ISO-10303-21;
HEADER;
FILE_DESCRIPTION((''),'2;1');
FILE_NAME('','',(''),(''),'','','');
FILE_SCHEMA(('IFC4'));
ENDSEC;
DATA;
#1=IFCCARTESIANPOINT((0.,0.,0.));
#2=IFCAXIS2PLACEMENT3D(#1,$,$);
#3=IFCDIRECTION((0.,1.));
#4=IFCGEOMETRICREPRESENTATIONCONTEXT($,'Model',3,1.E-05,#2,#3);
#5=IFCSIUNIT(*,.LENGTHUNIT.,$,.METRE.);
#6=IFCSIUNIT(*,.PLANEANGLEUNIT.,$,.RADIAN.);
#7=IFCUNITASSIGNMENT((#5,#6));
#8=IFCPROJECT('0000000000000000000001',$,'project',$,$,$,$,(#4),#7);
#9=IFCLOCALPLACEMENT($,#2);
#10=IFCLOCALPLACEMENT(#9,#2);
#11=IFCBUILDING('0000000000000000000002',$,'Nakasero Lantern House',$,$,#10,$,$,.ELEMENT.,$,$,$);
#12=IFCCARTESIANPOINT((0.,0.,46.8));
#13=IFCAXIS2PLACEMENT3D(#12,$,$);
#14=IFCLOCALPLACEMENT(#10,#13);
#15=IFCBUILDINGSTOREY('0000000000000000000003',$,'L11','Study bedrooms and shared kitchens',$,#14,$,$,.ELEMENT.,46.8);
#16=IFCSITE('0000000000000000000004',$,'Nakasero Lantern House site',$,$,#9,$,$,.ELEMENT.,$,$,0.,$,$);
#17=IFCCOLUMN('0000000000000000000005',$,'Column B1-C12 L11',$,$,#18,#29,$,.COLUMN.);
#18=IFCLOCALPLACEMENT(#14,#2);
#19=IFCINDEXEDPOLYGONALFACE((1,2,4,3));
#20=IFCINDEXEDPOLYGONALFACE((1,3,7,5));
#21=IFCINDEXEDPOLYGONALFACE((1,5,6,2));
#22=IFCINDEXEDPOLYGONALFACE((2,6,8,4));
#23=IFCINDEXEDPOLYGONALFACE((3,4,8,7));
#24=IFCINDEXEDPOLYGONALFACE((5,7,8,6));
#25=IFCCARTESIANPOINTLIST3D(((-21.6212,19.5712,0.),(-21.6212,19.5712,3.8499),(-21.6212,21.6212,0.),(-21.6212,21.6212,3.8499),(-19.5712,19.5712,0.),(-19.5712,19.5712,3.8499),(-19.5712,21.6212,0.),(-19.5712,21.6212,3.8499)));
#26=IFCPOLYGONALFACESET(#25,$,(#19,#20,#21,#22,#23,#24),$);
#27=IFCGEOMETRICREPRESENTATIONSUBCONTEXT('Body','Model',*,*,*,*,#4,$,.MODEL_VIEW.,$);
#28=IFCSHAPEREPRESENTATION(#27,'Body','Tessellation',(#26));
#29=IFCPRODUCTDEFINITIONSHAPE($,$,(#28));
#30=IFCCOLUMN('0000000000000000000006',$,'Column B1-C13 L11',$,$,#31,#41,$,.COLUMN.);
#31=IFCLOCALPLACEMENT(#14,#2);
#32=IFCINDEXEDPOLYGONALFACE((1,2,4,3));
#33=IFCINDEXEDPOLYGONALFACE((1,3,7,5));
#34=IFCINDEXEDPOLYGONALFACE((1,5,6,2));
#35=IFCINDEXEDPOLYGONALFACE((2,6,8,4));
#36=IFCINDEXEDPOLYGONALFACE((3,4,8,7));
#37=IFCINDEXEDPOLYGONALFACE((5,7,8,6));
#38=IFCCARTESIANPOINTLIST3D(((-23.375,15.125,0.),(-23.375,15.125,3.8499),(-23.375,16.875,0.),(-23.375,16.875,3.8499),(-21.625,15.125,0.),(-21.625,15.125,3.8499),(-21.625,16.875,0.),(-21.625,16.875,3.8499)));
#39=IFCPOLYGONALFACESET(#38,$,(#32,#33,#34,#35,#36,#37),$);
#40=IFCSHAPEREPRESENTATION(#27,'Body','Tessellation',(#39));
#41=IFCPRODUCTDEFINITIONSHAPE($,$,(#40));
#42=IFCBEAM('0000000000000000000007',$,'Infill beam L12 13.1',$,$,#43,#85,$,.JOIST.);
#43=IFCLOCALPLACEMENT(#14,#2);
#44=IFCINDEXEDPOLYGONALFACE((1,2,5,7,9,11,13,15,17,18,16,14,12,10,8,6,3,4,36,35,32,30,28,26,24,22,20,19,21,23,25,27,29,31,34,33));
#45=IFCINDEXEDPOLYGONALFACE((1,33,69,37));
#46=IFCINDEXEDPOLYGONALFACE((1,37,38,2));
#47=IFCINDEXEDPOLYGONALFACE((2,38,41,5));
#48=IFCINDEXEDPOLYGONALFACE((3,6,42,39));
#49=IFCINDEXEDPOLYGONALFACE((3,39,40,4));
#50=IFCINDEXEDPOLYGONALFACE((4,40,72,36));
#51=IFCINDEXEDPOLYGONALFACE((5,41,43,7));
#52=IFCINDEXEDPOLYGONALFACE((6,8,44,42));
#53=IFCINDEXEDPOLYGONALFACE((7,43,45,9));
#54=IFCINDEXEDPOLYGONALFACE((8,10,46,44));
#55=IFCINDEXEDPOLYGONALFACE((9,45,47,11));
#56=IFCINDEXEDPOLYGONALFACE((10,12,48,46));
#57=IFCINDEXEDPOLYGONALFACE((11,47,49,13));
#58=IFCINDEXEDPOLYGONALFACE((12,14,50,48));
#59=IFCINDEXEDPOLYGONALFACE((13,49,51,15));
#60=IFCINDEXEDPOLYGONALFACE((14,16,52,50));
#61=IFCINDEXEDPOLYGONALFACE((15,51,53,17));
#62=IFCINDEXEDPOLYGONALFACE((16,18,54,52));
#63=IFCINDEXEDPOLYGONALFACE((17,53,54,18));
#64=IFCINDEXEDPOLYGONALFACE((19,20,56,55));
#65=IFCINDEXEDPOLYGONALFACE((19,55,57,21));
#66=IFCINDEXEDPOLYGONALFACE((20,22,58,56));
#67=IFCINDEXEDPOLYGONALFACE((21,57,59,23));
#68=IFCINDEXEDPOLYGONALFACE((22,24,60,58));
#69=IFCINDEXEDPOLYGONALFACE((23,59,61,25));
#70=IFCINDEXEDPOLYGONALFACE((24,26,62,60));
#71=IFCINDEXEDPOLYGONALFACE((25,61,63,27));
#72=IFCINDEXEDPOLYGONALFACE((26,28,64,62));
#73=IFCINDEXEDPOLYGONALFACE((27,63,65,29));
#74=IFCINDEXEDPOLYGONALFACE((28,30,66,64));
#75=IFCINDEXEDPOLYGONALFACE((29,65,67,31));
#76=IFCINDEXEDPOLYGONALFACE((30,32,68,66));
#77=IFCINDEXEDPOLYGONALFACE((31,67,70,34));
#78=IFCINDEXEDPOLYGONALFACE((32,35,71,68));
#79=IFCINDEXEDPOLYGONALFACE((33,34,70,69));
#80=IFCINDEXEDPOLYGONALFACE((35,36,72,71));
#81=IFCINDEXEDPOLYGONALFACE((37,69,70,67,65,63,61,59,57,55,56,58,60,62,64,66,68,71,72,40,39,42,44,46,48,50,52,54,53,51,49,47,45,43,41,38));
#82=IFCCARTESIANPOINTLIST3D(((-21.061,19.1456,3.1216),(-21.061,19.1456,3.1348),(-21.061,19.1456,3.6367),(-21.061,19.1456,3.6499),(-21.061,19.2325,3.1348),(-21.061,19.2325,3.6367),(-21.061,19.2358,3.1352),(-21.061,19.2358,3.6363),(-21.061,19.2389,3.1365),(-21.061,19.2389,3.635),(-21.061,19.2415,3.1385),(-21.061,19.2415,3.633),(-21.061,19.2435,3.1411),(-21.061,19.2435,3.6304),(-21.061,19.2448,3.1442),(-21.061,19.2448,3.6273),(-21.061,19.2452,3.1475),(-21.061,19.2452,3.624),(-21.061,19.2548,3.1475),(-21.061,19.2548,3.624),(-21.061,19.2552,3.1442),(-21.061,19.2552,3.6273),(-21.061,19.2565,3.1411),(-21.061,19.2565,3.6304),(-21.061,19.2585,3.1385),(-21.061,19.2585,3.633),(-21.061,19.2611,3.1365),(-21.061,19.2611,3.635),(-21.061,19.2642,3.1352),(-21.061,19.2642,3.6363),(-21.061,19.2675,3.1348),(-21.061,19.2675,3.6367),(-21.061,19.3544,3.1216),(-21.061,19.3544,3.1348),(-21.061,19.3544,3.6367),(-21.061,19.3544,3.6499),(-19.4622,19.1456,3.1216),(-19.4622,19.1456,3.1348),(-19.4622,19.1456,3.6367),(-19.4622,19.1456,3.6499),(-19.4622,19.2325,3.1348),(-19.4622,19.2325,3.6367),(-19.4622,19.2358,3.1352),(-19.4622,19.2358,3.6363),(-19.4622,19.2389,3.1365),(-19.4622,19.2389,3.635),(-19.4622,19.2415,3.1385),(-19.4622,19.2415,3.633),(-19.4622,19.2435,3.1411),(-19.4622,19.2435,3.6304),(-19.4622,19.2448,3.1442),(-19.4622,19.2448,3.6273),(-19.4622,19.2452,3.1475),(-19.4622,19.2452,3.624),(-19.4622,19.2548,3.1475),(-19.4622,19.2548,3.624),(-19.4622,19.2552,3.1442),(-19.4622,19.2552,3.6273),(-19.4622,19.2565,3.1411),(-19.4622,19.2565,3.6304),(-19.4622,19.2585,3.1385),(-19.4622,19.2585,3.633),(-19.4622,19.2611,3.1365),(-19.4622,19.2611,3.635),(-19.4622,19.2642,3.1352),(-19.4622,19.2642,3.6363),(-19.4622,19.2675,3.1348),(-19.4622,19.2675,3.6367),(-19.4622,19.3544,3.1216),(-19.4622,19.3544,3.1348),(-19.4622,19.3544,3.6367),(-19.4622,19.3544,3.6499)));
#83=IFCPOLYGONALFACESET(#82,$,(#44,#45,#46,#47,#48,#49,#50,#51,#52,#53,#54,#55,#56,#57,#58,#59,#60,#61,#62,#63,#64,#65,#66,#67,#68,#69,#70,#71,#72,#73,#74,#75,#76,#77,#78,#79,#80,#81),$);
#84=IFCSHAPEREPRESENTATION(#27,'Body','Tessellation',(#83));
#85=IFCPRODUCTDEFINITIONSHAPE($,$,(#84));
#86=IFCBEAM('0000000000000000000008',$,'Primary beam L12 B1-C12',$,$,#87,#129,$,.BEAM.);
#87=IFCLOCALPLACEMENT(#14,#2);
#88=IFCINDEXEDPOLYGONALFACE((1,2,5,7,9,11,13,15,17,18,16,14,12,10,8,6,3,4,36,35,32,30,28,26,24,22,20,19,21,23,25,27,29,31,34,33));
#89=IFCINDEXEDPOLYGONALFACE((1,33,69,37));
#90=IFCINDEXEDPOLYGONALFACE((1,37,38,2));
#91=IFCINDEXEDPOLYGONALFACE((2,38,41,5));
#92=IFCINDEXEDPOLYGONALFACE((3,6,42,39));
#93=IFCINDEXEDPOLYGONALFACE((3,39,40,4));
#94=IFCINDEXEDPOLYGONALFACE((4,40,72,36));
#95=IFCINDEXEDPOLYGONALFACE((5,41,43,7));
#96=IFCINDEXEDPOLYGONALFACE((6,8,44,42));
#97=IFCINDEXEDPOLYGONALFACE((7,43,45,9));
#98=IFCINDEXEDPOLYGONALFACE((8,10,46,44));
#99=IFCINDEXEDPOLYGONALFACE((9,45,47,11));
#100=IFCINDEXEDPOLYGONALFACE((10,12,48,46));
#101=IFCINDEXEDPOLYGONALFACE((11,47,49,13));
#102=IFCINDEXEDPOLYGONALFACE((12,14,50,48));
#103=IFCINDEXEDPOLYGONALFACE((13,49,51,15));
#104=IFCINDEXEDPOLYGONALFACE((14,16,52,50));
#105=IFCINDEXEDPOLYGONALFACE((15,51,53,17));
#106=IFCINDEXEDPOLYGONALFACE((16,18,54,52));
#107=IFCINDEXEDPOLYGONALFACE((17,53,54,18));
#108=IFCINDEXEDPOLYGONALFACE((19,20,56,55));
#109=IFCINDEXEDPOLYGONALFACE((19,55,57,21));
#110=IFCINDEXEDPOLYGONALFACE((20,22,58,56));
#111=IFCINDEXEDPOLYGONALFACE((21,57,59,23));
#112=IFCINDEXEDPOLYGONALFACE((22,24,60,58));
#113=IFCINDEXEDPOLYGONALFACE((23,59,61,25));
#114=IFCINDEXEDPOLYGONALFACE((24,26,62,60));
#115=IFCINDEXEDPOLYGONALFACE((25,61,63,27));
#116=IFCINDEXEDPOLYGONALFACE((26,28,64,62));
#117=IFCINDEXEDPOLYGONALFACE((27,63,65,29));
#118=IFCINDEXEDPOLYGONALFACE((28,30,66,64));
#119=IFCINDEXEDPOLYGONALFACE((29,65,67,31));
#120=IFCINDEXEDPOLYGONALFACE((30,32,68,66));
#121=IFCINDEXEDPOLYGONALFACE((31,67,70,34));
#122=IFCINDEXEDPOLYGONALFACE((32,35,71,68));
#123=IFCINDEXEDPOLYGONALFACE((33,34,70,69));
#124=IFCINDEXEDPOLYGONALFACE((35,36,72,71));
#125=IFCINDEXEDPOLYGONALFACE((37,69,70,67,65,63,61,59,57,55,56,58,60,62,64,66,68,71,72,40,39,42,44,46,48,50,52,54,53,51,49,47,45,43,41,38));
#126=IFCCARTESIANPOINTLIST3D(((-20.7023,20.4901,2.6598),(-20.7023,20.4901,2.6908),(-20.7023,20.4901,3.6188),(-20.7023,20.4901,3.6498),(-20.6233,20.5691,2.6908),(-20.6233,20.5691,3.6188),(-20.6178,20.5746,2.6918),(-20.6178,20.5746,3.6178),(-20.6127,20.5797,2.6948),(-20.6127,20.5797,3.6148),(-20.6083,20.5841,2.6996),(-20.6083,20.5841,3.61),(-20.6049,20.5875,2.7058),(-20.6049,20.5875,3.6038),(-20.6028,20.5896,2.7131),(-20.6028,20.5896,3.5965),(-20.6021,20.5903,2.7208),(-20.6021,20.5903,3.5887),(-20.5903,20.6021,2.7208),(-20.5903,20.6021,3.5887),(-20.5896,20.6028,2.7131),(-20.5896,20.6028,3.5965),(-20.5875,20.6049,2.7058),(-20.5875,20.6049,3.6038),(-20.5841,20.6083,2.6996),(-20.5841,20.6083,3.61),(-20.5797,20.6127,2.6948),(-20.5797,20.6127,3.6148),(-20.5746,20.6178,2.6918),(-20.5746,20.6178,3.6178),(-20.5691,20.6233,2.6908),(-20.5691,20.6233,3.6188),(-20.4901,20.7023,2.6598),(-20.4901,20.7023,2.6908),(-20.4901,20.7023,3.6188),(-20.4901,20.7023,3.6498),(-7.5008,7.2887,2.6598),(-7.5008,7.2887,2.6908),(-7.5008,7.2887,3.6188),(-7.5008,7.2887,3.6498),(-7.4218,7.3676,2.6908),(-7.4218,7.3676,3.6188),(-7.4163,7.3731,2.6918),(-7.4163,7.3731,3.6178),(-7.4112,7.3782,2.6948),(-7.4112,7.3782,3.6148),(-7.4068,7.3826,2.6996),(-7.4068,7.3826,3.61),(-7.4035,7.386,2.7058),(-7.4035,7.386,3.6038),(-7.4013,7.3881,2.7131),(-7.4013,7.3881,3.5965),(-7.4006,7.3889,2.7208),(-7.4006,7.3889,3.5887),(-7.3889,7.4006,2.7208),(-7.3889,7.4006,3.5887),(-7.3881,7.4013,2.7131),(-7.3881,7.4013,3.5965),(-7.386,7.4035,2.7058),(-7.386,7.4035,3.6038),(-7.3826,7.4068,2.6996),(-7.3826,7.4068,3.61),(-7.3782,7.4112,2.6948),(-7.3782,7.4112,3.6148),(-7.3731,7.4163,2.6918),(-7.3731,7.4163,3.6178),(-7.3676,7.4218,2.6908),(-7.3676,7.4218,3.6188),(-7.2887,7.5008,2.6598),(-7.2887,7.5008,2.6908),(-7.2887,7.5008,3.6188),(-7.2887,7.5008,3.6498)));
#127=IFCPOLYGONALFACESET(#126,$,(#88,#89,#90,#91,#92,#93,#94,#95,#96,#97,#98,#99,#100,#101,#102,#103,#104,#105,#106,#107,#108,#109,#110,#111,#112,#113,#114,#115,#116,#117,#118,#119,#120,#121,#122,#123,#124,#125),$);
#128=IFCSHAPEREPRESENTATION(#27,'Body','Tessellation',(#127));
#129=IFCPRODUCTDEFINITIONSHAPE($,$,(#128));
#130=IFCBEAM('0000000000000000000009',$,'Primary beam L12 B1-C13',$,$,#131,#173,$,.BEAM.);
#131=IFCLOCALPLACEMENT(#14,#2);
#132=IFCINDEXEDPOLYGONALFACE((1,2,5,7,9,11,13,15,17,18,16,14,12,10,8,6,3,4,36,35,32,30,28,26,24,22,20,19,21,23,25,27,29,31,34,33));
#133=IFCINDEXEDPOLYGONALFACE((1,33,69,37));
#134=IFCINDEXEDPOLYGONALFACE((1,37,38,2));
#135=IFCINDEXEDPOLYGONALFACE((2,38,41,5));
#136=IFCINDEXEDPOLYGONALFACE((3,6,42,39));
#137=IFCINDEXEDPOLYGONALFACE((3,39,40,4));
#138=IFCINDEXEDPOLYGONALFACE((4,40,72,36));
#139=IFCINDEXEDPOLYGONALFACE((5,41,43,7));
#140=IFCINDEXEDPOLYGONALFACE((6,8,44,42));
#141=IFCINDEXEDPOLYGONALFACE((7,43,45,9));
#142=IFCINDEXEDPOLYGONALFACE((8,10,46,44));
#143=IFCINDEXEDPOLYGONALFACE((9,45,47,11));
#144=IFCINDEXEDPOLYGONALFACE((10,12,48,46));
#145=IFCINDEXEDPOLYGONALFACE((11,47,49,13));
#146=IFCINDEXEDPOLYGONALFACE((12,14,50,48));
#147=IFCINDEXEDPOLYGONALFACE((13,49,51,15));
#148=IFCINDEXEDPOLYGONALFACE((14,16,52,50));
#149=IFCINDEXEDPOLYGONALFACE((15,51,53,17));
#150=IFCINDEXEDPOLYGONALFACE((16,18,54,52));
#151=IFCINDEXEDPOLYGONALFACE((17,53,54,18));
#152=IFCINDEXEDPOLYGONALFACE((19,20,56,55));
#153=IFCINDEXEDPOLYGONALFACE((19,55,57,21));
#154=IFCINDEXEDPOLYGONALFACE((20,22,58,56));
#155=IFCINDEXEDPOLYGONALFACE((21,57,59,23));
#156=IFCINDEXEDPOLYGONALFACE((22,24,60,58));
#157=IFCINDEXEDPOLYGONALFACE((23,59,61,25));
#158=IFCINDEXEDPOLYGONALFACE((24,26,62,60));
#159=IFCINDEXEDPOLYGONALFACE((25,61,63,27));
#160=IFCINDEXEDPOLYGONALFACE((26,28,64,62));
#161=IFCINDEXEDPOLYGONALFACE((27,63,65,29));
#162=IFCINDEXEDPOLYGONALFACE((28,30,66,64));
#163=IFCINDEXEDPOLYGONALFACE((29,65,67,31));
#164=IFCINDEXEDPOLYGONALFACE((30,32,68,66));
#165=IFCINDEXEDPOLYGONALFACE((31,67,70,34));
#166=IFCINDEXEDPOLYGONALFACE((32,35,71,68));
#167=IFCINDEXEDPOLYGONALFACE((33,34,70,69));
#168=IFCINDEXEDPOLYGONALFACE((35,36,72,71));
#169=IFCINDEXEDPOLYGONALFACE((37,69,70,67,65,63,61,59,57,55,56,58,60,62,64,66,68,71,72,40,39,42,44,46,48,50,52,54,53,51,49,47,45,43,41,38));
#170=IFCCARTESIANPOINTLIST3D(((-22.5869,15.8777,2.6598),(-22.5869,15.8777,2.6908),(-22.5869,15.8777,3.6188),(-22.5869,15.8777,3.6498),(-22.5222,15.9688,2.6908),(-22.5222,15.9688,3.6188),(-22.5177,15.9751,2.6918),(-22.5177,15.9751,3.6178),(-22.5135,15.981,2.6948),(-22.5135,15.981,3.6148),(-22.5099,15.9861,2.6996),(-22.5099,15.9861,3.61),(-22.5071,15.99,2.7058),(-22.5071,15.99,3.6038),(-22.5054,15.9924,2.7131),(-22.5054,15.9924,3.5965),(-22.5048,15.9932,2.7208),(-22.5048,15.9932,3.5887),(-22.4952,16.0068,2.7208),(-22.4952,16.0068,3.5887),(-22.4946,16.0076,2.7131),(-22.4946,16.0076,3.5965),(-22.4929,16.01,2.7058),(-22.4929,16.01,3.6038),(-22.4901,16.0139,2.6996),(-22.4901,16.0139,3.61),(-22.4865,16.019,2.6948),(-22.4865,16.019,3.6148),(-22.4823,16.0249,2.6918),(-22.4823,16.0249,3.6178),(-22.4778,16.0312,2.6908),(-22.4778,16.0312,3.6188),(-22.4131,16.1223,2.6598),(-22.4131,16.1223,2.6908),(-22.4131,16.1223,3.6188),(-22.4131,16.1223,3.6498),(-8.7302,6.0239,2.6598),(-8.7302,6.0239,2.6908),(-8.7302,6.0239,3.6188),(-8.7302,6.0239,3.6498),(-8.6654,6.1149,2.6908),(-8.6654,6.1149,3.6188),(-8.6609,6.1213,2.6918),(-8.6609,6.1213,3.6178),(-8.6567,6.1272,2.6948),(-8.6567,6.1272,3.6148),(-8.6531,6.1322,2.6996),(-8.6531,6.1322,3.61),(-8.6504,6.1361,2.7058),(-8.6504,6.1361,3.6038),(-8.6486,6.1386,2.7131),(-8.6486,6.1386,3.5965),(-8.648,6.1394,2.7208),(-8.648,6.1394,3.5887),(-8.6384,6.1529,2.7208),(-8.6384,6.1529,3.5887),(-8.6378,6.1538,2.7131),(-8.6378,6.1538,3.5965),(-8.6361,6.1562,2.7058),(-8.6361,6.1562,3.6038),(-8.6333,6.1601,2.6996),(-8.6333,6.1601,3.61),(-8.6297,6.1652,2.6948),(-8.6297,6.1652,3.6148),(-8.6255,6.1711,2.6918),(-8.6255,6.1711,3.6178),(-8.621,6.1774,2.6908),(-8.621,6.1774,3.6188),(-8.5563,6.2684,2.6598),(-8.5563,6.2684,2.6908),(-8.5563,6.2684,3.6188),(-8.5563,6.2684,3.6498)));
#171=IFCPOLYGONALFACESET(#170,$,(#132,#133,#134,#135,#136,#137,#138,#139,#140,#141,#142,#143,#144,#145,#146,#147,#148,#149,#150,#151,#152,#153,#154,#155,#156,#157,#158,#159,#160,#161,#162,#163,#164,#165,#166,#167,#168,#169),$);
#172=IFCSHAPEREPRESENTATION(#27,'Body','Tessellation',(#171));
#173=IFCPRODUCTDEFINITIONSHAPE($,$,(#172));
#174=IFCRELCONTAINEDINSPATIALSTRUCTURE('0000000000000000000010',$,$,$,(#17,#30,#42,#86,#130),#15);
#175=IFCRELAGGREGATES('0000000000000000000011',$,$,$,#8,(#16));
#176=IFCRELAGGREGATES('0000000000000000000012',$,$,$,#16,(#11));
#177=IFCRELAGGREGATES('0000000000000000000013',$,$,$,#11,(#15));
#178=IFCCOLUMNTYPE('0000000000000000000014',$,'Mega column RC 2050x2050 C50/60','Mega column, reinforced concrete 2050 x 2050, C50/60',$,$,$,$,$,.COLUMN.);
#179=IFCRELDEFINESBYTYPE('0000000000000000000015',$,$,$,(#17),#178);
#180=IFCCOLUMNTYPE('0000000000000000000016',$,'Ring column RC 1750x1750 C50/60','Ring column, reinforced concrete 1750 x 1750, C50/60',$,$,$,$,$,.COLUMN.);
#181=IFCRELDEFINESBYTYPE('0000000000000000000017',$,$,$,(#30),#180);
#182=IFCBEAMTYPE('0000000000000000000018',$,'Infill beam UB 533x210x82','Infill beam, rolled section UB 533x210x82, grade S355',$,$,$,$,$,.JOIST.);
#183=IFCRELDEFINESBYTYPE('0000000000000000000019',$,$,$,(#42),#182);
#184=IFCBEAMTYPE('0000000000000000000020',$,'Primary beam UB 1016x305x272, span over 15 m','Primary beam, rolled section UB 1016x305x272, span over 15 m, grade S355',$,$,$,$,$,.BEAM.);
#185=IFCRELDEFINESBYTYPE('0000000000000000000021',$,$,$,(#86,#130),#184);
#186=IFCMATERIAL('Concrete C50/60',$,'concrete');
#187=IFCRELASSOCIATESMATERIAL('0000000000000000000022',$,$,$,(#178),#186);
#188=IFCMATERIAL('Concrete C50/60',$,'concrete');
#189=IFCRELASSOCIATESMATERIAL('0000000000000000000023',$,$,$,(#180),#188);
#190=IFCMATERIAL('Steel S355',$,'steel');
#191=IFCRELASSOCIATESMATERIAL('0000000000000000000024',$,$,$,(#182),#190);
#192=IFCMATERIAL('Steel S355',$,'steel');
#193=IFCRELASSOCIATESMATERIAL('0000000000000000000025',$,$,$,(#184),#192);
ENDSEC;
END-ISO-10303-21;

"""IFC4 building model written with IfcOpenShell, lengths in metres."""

from ifc_helpers import new_model, si_unit, direction, frame, origin, origin_2d, place, context, subcontext, project, spatial, rectangle, i_section, extrude, material, material_profile, profile_set, type_object, element, save


model = new_model("IFC4")

# Units and contexts
model_context = context("Model", 3, precision=1e-05, world=origin(), true_north=direction((0.0, 1.0)))
body_context = subcontext(model_context, "Body", "Model", "MODEL_VIEW")
ifc_project = project(units=[si_unit("LENGTHUNIT", "METRE"), si_unit("PLANEANGLEUNIT", "RADIAN")], contexts=[model_context])

# Site, building, storey
site_placement = place(None, origin())
site = spatial("IfcSite", under=ifc_project, at=site_placement, Name="Nakasero Lantern House site", CompositionType="ELEMENT", RefElevation=0.0)
building_placement = place(site_placement, origin())
building = spatial("IfcBuilding", under=site, at=building_placement, Name="Nakasero Lantern House", CompositionType="ELEMENT")
storey_placement = place(building_placement, frame((0.0, 0.0, 46.8)))
storey = spatial("IfcBuildingStorey", under=building, at=storey_placement, Name="L11", Description="Study bedrooms and shared kitchens", CompositionType="ELEMENT", Elevation=46.8)

# Columns
ifc_material_1 = material(Name="Concrete C50/60", Category="concrete")
ifc_material_profile_1 = material_profile(ifc_material_1, rectangle(XDim=2.05, YDim=2.05, at=origin_2d()), Name="RC 2050x2050")
ifc_profile_set_1 = profile_set([ifc_material_profile_1], Name="Concrete C50/60")
column_type_1 = type_object("IfcColumnType", Name="Mega column RC 2050x2050 C50/60", Description="Mega column, reinforced concrete 2050 x 2050, C50/60", PredefinedType="COLUMN", material=ifc_profile_set_1)
column_1_placement = place(storey_placement, frame((-20.5962, 20.5962, 0.0), z_axis=(0.0, 0.0, 1.0), x_axis=(1.0, 0.0, 0.0)))
element("IfcColumn", 1, at=column_1_placement, inside=storey, type_object=column_type_1, Name="Column B1-C12 L11", PredefinedType="COLUMN", context=body_context, shape_type="SweptSolid", body=[
    extrude(rectangle(XDim=2.05, YDim=2.05, at=origin_2d()), origin(), (0.0, 0.0, 1.0), 3.8499),
])
ifc_material_2 = material(Name="Concrete C50/60", Category="concrete")
ifc_material_profile_2 = material_profile(ifc_material_2, rectangle(XDim=1.75, YDim=1.75, at=origin_2d()), Name="RC 1750x1750")
ifc_profile_set_2 = profile_set([ifc_material_profile_2], Name="Concrete C50/60")
column_type_2 = type_object("IfcColumnType", Name="Ring column RC 1750x1750 C50/60", Description="Ring column, reinforced concrete 1750 x 1750, C50/60", PredefinedType="COLUMN", material=ifc_profile_set_2)
column_2_placement = place(storey_placement, frame((-22.5, 16.0, 0.0), z_axis=(0.0, 0.0, 1.0), x_axis=(1.0, 0.0, 0.0)))
element("IfcColumn", 2, at=column_2_placement, inside=storey, type_object=column_type_2, Name="Column B1-C13 L11", PredefinedType="COLUMN", context=body_context, shape_type="SweptSolid", body=[
    extrude(rectangle(XDim=1.75, YDim=1.75, at=origin_2d()), origin(), (0.0, 0.0, 1.0), 3.8499),
])

# Beams
ifc_material_3 = material(Name="Steel S355", Category="steel")
ifc_material_profile_3 = material_profile(ifc_material_3, i_section(OverallWidth=0.2087, OverallDepth=0.5283, WebThickness=0.0095, FlangeThickness=0.0132, FilletRadius=0.0127, at=origin_2d()), Name="UB 533x210x82")
ifc_profile_set_3 = profile_set([ifc_material_profile_3], Name="Steel S355")
beam_type_1 = type_object("IfcBeamType", Name="Infill beam UB 533x210x82", Description="Infill beam, rolled section UB 533x210x82, grade S355", PredefinedType="JOIST", material=ifc_profile_set_3)
beam_1_placement = place(storey_placement, frame((-21.061, 19.25, 3.3857), z_axis=(1.0, 0.0, 0.0), x_axis=(0.0, 1.0, 0.0)))
element("IfcBeam", 3, at=beam_1_placement, inside=storey, type_object=beam_type_1, Name="Infill beam L12 13.1", PredefinedType="JOIST", context=body_context, shape_type="SweptSolid", body=[
    extrude(i_section(OverallWidth=0.2087, OverallDepth=0.5283, WebThickness=0.0095, FlangeThickness=0.0132, FilletRadius=0.0127, at=origin_2d()), origin(), (0.0, 0.0, 1.0), 1.5989),
])
ifc_material_4 = material(Name="Steel S355", Category="steel")
ifc_material_profile_4 = material_profile(ifc_material_4, i_section(OverallWidth=0.3, OverallDepth=0.99, WebThickness=0.0166, FlangeThickness=0.031, FilletRadius=0.03, at=origin_2d()), Name="UB 1016x305x272")
ifc_profile_set_4 = profile_set([ifc_material_profile_4], Name="Steel S355")
beam_type_2 = type_object("IfcBeamType", Name="Primary beam UB 1016x305x272, span over 15 m", Description="Primary beam, rolled section UB 1016x305x272, span over 15 m, grade S355", PredefinedType="BEAM", material=ifc_profile_set_4)
beam_2_placement = place(storey_placement, frame((-20.5962, 20.5962, 3.1548), z_axis=(0.707107, -0.707107, 0.0), x_axis=(0.707107, 0.707107, 0.0)))
element("IfcBeam", 4, at=beam_2_placement, inside=storey, type_object=beam_type_2, Name="Primary beam L12 B1-C12", PredefinedType="BEAM", context=body_context, shape_type="SweptSolid", body=[
    extrude(i_section(OverallWidth=0.3, OverallDepth=0.99, WebThickness=0.0166, FlangeThickness=0.031, FilletRadius=0.03, at=origin_2d()), origin(), (0.0, 0.0, 1.0), 18.6697),
])
beam_3_placement = place(storey_placement, frame((-22.5, 16.0, 3.1548), z_axis=(0.814952, -0.579528, 0.0), x_axis=(0.579528, 0.814952, 0.0)))
element("IfcBeam", 5, at=beam_3_placement, inside=storey, type_object=beam_type_2, Name="Primary beam L12 B1-C13", PredefinedType="BEAM", context=body_context, shape_type="SweptSolid", body=[
    extrude(i_section(OverallWidth=0.3, OverallDepth=0.99, WebThickness=0.0166, FlangeThickness=0.031, FilletRadius=0.03, at=origin_2d()), origin(), (0.0, 0.0, 1.0), 17.0032),
])

save(model, "model.ifc")
